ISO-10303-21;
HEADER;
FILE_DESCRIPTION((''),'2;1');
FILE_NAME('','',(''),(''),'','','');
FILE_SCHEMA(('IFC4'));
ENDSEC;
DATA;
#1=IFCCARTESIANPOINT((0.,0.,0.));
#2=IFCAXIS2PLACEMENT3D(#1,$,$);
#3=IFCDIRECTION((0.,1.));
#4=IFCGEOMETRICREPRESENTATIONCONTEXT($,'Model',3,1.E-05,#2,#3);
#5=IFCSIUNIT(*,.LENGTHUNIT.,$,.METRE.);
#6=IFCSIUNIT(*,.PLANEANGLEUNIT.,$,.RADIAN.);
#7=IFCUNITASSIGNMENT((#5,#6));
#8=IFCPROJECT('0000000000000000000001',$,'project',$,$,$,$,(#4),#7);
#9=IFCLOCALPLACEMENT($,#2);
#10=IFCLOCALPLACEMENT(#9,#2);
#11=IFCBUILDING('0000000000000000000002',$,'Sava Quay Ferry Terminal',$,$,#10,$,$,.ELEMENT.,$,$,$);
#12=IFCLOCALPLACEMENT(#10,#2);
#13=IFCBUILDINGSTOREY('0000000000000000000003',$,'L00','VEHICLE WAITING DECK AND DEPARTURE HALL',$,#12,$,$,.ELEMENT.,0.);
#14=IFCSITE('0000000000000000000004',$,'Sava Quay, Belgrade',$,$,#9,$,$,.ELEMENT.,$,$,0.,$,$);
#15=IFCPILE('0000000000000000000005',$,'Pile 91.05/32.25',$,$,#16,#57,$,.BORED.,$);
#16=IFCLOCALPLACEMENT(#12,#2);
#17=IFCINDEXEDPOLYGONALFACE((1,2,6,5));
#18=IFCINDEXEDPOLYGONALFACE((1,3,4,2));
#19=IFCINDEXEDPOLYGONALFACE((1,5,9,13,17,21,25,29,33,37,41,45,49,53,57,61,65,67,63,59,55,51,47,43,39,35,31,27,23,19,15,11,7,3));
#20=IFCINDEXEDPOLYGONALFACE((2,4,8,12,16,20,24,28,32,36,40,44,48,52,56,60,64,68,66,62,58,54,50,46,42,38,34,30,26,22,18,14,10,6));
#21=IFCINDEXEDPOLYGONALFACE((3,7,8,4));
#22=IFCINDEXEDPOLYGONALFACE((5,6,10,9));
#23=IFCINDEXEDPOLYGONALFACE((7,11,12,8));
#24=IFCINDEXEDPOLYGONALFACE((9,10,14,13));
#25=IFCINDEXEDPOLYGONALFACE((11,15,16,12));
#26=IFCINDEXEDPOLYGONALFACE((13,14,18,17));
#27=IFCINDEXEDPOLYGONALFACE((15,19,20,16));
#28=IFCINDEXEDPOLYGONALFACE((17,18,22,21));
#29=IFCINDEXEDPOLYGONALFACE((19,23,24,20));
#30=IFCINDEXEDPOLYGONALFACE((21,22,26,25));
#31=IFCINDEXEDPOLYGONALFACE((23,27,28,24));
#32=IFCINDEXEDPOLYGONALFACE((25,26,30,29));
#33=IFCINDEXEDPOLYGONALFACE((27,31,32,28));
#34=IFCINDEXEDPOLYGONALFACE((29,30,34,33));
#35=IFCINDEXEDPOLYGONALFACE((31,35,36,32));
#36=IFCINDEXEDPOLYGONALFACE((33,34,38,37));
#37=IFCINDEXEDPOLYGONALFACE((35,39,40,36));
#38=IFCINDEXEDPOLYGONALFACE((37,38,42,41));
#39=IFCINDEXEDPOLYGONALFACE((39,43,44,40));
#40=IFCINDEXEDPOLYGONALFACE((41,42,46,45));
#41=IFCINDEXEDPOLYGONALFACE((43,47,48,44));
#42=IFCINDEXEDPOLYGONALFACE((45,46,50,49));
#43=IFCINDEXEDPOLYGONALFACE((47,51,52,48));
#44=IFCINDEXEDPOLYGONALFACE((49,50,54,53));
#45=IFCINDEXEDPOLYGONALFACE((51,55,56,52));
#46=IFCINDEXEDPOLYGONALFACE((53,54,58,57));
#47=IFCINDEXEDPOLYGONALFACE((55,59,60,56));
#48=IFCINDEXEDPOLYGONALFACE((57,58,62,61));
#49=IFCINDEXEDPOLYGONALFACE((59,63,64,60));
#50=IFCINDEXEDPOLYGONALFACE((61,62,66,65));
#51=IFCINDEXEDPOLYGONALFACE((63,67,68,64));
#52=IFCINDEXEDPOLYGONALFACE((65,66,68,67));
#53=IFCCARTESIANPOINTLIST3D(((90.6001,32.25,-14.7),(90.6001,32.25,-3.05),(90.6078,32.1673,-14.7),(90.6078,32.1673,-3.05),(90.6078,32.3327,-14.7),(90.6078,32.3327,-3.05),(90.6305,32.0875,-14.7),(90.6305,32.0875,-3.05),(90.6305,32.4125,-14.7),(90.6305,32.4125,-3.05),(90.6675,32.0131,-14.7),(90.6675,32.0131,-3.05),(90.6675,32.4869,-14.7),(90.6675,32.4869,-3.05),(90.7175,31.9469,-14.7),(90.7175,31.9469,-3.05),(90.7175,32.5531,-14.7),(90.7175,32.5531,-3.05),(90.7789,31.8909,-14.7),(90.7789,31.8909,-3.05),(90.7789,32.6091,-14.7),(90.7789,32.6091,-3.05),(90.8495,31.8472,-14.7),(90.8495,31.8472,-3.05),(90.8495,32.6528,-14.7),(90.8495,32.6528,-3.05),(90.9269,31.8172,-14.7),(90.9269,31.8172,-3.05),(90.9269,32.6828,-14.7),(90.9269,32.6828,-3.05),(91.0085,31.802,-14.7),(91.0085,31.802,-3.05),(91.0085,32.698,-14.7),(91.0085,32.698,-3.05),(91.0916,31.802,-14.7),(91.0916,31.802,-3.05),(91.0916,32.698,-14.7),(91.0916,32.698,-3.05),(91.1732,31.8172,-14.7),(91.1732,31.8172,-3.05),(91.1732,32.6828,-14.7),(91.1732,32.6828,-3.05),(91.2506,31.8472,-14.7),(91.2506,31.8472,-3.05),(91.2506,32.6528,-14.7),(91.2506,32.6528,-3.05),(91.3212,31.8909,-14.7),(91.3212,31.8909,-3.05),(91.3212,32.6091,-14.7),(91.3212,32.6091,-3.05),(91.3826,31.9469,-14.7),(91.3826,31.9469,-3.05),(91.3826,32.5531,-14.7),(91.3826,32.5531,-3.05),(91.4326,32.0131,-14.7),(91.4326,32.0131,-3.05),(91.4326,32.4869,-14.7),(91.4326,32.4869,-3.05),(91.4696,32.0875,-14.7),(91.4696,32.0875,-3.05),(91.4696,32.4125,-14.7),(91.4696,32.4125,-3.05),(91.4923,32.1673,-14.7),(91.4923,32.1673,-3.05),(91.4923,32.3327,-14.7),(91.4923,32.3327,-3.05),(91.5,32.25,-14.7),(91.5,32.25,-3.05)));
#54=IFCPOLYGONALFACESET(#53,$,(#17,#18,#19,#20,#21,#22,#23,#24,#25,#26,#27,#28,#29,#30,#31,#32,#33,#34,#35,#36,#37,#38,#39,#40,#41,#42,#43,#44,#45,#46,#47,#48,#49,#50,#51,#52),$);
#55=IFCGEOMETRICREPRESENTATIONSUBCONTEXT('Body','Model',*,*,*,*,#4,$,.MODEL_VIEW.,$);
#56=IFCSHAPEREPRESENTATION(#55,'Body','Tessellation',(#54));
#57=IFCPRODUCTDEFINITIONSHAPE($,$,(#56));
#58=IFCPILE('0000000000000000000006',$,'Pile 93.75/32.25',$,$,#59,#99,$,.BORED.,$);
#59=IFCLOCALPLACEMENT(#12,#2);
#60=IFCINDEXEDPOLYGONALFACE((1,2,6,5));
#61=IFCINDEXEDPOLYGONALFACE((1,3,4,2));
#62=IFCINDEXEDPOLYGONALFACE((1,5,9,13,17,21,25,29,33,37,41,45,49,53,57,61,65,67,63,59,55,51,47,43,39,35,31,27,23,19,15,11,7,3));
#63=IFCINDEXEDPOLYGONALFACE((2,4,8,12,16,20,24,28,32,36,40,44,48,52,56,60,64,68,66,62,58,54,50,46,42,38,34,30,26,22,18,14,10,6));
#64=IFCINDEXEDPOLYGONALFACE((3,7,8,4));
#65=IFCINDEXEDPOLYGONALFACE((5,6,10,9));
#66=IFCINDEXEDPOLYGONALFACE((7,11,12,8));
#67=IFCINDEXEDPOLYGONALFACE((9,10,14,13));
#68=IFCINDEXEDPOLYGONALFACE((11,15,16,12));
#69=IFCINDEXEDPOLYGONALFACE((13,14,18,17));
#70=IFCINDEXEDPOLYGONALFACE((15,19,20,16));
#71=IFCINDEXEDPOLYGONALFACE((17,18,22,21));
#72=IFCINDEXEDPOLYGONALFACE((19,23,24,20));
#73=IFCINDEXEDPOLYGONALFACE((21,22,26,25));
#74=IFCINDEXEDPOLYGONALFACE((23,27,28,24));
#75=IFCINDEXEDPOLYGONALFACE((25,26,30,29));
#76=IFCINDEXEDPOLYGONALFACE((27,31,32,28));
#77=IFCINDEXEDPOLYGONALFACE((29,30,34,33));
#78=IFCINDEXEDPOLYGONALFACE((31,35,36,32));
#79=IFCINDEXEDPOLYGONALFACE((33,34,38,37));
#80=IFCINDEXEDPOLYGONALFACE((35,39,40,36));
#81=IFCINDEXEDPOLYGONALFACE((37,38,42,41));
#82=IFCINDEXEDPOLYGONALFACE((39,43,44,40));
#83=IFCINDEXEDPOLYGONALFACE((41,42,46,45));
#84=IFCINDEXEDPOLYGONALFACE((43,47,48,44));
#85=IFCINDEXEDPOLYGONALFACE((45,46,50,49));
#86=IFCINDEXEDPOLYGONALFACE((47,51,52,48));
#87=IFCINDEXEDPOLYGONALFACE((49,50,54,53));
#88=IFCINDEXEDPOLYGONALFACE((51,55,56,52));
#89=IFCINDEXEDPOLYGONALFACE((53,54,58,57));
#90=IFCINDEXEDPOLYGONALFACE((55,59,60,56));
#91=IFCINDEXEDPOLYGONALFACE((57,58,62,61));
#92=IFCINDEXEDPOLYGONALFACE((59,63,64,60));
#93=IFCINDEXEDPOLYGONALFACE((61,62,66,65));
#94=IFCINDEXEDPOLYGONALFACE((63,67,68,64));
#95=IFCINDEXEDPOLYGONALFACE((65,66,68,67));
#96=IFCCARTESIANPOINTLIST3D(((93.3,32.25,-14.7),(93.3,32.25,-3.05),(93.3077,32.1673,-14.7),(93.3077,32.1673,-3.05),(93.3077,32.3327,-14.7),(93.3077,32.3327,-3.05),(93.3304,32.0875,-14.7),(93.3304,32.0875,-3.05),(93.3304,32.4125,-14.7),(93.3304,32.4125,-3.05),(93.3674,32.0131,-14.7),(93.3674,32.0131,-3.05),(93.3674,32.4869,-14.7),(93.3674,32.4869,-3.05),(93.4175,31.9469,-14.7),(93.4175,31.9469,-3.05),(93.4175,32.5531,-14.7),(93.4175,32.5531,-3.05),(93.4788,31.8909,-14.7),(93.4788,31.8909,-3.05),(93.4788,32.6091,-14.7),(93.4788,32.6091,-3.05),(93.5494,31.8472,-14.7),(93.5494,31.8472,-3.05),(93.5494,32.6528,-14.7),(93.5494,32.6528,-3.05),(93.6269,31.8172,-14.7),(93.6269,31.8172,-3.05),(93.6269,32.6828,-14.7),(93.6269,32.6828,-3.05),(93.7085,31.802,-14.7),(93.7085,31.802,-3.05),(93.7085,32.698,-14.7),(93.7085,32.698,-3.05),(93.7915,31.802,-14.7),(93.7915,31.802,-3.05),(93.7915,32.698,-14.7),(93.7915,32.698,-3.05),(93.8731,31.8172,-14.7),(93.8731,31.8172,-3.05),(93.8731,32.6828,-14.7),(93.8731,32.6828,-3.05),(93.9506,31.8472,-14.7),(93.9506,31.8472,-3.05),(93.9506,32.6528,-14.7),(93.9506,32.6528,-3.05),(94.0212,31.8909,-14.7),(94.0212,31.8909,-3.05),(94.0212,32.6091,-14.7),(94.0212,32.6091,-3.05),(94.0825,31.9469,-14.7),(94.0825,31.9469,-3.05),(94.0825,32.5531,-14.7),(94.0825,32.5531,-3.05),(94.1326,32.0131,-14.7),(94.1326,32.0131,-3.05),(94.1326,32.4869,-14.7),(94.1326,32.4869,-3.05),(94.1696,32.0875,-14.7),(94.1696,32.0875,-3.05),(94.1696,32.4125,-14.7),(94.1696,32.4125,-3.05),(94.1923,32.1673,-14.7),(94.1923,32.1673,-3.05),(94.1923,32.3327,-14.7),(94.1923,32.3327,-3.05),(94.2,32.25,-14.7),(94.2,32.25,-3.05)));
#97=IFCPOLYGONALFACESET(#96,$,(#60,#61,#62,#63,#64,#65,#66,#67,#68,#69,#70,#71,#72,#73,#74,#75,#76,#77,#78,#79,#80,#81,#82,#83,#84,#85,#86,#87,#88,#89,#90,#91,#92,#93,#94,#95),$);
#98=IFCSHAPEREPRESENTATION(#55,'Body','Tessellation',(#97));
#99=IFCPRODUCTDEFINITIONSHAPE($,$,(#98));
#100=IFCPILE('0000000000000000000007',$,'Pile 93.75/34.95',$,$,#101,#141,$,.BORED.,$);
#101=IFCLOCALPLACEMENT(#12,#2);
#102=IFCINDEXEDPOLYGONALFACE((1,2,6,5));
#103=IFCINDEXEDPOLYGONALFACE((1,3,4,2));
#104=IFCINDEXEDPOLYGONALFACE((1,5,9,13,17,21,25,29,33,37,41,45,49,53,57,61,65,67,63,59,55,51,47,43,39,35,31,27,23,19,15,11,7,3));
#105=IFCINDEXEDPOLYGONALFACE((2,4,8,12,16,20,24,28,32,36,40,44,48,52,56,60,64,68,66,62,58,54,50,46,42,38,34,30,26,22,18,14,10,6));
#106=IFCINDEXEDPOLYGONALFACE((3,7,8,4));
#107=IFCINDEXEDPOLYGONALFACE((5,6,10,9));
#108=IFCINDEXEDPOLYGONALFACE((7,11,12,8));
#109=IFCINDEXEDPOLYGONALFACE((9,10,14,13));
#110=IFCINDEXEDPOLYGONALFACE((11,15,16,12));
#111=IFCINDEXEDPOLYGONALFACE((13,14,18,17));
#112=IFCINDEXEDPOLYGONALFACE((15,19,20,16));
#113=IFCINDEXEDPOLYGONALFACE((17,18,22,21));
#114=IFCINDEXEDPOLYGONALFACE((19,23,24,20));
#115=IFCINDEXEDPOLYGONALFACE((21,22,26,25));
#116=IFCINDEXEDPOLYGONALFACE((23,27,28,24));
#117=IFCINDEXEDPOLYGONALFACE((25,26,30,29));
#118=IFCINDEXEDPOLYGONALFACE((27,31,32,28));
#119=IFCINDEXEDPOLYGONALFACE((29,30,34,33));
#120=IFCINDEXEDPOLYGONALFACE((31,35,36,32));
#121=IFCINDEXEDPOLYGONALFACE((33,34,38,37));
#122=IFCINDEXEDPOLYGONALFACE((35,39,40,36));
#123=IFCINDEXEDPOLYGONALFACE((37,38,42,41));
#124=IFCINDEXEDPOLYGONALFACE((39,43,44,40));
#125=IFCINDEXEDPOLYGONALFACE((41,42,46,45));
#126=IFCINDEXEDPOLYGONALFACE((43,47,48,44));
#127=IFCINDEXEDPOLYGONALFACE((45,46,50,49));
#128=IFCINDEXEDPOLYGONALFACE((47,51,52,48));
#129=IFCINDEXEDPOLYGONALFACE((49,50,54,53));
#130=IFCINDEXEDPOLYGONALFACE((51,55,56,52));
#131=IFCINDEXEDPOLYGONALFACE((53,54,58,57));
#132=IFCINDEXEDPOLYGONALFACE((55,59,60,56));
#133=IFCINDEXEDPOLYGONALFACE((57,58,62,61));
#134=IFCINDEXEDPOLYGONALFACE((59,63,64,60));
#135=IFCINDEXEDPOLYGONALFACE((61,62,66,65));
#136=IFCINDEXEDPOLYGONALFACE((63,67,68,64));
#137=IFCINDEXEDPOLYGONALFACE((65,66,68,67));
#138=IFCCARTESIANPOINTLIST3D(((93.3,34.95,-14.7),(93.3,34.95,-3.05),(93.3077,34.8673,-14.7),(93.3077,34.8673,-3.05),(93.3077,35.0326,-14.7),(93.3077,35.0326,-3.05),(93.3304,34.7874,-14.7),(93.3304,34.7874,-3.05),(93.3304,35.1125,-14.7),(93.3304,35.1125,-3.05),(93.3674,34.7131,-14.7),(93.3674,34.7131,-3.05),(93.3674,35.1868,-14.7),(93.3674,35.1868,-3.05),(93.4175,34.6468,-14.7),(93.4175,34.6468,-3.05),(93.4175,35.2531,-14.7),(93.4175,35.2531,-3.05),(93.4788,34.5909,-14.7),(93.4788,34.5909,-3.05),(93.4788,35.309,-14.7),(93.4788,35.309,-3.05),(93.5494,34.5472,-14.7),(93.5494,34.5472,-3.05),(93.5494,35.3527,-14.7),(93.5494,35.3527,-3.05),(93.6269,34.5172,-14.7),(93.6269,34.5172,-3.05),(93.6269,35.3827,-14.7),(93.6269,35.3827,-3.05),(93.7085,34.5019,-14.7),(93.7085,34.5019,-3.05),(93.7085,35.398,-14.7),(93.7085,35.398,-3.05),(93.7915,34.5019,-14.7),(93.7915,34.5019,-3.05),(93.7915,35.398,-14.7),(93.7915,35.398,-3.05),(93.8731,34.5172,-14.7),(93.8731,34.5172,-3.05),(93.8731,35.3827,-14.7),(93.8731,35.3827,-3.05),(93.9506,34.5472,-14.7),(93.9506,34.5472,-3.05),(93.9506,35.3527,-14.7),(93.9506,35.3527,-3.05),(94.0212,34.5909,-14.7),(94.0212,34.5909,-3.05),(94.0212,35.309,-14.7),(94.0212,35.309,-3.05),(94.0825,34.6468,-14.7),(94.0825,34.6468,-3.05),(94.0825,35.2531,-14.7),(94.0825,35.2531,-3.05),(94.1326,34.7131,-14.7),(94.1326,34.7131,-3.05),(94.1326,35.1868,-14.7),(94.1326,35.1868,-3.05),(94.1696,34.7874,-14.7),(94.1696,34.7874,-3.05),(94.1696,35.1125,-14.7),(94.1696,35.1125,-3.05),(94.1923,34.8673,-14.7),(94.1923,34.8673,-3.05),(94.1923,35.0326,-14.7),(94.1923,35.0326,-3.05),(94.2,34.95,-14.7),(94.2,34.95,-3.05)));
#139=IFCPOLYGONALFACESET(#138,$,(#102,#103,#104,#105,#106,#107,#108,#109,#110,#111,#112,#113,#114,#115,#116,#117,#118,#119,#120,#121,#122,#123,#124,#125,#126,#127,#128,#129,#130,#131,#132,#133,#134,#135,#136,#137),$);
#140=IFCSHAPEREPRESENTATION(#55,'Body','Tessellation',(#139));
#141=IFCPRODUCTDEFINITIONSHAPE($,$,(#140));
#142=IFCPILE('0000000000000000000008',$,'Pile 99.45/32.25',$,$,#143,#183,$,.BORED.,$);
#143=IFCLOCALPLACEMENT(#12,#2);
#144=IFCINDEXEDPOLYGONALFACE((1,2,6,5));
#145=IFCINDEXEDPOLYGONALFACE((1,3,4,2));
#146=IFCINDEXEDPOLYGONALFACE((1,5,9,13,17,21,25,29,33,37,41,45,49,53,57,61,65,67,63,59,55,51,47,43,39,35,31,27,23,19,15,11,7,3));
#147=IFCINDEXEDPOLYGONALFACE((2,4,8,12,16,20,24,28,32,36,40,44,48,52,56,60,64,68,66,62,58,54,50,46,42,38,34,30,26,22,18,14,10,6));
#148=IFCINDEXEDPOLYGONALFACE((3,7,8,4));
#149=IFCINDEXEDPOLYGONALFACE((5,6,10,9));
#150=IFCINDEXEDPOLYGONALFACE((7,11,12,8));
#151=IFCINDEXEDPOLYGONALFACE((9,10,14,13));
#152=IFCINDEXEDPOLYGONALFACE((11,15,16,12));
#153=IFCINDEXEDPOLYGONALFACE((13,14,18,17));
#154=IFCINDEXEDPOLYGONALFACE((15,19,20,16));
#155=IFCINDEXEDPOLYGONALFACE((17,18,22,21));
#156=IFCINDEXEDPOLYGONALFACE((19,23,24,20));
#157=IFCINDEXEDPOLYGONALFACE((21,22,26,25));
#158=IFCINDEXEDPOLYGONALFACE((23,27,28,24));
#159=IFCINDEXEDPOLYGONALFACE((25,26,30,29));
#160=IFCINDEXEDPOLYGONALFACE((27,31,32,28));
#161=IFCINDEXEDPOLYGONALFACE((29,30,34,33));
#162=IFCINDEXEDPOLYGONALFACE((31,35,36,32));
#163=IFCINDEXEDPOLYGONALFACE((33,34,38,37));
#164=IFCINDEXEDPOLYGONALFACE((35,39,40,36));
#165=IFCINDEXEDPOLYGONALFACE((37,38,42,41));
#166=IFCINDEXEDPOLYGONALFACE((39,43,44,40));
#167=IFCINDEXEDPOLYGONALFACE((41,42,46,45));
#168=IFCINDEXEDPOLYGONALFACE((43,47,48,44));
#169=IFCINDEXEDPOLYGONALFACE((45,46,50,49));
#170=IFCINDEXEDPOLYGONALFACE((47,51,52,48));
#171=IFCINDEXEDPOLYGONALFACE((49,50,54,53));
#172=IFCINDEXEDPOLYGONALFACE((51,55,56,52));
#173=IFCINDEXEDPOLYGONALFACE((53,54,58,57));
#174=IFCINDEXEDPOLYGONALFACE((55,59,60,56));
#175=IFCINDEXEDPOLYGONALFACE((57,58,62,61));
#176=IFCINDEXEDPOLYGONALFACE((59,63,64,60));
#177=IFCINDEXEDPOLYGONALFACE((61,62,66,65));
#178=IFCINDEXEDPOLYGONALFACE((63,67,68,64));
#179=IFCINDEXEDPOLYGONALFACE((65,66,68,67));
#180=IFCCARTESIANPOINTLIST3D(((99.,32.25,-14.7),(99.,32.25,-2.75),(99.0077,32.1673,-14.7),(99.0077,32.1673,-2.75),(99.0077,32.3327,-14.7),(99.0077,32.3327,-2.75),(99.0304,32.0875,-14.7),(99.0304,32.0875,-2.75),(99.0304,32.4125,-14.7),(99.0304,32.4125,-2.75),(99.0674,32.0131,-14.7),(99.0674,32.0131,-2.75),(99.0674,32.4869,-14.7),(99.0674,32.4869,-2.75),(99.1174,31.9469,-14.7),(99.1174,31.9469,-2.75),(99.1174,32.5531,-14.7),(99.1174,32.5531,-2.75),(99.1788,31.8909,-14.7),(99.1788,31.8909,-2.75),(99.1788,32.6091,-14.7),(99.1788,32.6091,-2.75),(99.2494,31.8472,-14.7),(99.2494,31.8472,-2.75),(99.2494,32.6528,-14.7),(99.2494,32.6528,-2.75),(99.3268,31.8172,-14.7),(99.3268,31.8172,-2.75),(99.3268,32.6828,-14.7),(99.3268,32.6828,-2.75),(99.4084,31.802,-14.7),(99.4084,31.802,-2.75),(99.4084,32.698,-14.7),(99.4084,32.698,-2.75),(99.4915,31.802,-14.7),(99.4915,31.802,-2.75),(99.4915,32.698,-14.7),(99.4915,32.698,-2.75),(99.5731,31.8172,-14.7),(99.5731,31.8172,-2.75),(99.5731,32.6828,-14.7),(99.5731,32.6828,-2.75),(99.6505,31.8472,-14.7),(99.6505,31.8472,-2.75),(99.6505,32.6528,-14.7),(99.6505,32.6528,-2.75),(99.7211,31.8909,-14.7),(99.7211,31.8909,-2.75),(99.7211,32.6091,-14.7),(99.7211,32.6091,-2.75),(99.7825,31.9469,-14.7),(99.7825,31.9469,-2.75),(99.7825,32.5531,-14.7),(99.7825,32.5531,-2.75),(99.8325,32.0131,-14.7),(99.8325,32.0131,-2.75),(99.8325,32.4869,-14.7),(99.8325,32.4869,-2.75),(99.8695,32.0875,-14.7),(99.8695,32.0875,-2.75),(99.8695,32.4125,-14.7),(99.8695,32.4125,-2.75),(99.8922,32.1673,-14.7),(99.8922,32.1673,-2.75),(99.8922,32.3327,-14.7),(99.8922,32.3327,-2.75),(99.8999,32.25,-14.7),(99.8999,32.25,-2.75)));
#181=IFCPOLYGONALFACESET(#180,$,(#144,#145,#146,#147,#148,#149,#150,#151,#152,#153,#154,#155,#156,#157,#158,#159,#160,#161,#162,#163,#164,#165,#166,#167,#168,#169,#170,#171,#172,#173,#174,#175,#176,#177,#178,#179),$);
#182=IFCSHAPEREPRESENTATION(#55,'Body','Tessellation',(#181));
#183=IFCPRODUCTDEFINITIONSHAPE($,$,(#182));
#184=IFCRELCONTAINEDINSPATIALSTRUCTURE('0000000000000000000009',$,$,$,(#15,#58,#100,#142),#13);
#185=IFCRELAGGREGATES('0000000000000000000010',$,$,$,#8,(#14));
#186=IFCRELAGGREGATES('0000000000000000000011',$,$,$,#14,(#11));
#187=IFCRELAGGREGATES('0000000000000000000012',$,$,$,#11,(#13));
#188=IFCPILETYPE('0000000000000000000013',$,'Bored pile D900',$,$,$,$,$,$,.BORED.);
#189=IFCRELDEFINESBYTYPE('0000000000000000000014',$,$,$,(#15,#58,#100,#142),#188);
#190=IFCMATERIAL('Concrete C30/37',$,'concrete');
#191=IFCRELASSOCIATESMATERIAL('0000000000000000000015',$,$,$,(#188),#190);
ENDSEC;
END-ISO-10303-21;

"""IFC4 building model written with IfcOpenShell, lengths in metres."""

from ifc_helpers import new_model, si_unit, direction, frame, origin, origin_2d, place, context, subcontext, project, spatial, circle, extrude, material, material_profile, profile_set, type_object, element, save


model = new_model("IFC4")

# Units and contexts
model_context = context("Model", 3, precision=1e-05, world=origin(), true_north=direction((0.0, 1.0)))
body_context = subcontext(model_context, "Body", "Model", "MODEL_VIEW")
ifc_project = project(units=[si_unit("LENGTHUNIT", "METRE"), si_unit("PLANEANGLEUNIT", "RADIAN")], contexts=[model_context])

# Site, building, storey
site_placement = place(None, origin())
site = spatial("IfcSite", under=ifc_project, at=site_placement, Name="Sava Quay, Belgrade", CompositionType="ELEMENT", RefElevation=0.0)
building_placement = place(site_placement, origin())
building = spatial("IfcBuilding", under=site, at=building_placement, Name="Sava Quay Ferry Terminal", CompositionType="ELEMENT")
storey_placement = place(building_placement, origin())
storey = spatial("IfcBuildingStorey", under=building, at=storey_placement, Name="L00", Description="VEHICLE WAITING DECK AND DEPARTURE HALL", CompositionType="ELEMENT", Elevation=0.0)

# Piles
ifc_material_1 = material(Name="Concrete C30/37", Category="concrete")
ifc_material_profile_1 = material_profile(ifc_material_1, circle(Radius=0.45, at=origin_2d()), Name="Bored pile D900")
ifc_profile_set_1 = profile_set([ifc_material_profile_1], Name="Concrete C30/37")
pile_type = type_object("IfcPileType", Name="Bored pile D900", PredefinedType="BORED", material=ifc_profile_set_1)
for number, where, z_axis, x_axis, name in (
    (1, (91.05, 32.25, -3.05), (0.0, 0.0, -1.0), (1.0, 0.0, 0.0), "Pile 91.05/32.25"),
    (2, (93.75, 32.25, -3.05), (0.0, 0.0, -1.0), (1.0, 0.0, 0.0), "Pile 93.75/32.25"),
    (3, (93.75, 34.95, -3.05), (0.0, 0.0, -1.0), (1.0, 0.0, 0.0), "Pile 93.75/34.95"),
):
    element("IfcPile", number, at=place(storey_placement, frame(where, z_axis=z_axis, x_axis=x_axis)), inside=storey, type_object=pile_type, Name=name, PredefinedType="BORED", context=body_context, shape_type="SweptSolid", body=[
        extrude(circle(Radius=0.45, at=origin_2d()), origin(), (0.0, 0.0, 1.0), 11.6499),
    ])
for number, where, z_axis, x_axis, name in (
    (4, (99.45, 32.25, -2.75), (0.0, 0.0, -1.0), (1.0, 0.0, 0.0), "Pile 99.45/32.25"),
):
    element("IfcPile", number, at=place(storey_placement, frame(where, z_axis=z_axis, x_axis=x_axis)), inside=storey, type_object=pile_type, Name=name, PredefinedType="BORED", context=body_context, shape_type="SweptSolid", body=[
        extrude(circle(Radius=0.45, at=origin_2d()), origin(), (0.0, 0.0, 1.0), 11.95),
    ])

save(model, "model.ifc")
